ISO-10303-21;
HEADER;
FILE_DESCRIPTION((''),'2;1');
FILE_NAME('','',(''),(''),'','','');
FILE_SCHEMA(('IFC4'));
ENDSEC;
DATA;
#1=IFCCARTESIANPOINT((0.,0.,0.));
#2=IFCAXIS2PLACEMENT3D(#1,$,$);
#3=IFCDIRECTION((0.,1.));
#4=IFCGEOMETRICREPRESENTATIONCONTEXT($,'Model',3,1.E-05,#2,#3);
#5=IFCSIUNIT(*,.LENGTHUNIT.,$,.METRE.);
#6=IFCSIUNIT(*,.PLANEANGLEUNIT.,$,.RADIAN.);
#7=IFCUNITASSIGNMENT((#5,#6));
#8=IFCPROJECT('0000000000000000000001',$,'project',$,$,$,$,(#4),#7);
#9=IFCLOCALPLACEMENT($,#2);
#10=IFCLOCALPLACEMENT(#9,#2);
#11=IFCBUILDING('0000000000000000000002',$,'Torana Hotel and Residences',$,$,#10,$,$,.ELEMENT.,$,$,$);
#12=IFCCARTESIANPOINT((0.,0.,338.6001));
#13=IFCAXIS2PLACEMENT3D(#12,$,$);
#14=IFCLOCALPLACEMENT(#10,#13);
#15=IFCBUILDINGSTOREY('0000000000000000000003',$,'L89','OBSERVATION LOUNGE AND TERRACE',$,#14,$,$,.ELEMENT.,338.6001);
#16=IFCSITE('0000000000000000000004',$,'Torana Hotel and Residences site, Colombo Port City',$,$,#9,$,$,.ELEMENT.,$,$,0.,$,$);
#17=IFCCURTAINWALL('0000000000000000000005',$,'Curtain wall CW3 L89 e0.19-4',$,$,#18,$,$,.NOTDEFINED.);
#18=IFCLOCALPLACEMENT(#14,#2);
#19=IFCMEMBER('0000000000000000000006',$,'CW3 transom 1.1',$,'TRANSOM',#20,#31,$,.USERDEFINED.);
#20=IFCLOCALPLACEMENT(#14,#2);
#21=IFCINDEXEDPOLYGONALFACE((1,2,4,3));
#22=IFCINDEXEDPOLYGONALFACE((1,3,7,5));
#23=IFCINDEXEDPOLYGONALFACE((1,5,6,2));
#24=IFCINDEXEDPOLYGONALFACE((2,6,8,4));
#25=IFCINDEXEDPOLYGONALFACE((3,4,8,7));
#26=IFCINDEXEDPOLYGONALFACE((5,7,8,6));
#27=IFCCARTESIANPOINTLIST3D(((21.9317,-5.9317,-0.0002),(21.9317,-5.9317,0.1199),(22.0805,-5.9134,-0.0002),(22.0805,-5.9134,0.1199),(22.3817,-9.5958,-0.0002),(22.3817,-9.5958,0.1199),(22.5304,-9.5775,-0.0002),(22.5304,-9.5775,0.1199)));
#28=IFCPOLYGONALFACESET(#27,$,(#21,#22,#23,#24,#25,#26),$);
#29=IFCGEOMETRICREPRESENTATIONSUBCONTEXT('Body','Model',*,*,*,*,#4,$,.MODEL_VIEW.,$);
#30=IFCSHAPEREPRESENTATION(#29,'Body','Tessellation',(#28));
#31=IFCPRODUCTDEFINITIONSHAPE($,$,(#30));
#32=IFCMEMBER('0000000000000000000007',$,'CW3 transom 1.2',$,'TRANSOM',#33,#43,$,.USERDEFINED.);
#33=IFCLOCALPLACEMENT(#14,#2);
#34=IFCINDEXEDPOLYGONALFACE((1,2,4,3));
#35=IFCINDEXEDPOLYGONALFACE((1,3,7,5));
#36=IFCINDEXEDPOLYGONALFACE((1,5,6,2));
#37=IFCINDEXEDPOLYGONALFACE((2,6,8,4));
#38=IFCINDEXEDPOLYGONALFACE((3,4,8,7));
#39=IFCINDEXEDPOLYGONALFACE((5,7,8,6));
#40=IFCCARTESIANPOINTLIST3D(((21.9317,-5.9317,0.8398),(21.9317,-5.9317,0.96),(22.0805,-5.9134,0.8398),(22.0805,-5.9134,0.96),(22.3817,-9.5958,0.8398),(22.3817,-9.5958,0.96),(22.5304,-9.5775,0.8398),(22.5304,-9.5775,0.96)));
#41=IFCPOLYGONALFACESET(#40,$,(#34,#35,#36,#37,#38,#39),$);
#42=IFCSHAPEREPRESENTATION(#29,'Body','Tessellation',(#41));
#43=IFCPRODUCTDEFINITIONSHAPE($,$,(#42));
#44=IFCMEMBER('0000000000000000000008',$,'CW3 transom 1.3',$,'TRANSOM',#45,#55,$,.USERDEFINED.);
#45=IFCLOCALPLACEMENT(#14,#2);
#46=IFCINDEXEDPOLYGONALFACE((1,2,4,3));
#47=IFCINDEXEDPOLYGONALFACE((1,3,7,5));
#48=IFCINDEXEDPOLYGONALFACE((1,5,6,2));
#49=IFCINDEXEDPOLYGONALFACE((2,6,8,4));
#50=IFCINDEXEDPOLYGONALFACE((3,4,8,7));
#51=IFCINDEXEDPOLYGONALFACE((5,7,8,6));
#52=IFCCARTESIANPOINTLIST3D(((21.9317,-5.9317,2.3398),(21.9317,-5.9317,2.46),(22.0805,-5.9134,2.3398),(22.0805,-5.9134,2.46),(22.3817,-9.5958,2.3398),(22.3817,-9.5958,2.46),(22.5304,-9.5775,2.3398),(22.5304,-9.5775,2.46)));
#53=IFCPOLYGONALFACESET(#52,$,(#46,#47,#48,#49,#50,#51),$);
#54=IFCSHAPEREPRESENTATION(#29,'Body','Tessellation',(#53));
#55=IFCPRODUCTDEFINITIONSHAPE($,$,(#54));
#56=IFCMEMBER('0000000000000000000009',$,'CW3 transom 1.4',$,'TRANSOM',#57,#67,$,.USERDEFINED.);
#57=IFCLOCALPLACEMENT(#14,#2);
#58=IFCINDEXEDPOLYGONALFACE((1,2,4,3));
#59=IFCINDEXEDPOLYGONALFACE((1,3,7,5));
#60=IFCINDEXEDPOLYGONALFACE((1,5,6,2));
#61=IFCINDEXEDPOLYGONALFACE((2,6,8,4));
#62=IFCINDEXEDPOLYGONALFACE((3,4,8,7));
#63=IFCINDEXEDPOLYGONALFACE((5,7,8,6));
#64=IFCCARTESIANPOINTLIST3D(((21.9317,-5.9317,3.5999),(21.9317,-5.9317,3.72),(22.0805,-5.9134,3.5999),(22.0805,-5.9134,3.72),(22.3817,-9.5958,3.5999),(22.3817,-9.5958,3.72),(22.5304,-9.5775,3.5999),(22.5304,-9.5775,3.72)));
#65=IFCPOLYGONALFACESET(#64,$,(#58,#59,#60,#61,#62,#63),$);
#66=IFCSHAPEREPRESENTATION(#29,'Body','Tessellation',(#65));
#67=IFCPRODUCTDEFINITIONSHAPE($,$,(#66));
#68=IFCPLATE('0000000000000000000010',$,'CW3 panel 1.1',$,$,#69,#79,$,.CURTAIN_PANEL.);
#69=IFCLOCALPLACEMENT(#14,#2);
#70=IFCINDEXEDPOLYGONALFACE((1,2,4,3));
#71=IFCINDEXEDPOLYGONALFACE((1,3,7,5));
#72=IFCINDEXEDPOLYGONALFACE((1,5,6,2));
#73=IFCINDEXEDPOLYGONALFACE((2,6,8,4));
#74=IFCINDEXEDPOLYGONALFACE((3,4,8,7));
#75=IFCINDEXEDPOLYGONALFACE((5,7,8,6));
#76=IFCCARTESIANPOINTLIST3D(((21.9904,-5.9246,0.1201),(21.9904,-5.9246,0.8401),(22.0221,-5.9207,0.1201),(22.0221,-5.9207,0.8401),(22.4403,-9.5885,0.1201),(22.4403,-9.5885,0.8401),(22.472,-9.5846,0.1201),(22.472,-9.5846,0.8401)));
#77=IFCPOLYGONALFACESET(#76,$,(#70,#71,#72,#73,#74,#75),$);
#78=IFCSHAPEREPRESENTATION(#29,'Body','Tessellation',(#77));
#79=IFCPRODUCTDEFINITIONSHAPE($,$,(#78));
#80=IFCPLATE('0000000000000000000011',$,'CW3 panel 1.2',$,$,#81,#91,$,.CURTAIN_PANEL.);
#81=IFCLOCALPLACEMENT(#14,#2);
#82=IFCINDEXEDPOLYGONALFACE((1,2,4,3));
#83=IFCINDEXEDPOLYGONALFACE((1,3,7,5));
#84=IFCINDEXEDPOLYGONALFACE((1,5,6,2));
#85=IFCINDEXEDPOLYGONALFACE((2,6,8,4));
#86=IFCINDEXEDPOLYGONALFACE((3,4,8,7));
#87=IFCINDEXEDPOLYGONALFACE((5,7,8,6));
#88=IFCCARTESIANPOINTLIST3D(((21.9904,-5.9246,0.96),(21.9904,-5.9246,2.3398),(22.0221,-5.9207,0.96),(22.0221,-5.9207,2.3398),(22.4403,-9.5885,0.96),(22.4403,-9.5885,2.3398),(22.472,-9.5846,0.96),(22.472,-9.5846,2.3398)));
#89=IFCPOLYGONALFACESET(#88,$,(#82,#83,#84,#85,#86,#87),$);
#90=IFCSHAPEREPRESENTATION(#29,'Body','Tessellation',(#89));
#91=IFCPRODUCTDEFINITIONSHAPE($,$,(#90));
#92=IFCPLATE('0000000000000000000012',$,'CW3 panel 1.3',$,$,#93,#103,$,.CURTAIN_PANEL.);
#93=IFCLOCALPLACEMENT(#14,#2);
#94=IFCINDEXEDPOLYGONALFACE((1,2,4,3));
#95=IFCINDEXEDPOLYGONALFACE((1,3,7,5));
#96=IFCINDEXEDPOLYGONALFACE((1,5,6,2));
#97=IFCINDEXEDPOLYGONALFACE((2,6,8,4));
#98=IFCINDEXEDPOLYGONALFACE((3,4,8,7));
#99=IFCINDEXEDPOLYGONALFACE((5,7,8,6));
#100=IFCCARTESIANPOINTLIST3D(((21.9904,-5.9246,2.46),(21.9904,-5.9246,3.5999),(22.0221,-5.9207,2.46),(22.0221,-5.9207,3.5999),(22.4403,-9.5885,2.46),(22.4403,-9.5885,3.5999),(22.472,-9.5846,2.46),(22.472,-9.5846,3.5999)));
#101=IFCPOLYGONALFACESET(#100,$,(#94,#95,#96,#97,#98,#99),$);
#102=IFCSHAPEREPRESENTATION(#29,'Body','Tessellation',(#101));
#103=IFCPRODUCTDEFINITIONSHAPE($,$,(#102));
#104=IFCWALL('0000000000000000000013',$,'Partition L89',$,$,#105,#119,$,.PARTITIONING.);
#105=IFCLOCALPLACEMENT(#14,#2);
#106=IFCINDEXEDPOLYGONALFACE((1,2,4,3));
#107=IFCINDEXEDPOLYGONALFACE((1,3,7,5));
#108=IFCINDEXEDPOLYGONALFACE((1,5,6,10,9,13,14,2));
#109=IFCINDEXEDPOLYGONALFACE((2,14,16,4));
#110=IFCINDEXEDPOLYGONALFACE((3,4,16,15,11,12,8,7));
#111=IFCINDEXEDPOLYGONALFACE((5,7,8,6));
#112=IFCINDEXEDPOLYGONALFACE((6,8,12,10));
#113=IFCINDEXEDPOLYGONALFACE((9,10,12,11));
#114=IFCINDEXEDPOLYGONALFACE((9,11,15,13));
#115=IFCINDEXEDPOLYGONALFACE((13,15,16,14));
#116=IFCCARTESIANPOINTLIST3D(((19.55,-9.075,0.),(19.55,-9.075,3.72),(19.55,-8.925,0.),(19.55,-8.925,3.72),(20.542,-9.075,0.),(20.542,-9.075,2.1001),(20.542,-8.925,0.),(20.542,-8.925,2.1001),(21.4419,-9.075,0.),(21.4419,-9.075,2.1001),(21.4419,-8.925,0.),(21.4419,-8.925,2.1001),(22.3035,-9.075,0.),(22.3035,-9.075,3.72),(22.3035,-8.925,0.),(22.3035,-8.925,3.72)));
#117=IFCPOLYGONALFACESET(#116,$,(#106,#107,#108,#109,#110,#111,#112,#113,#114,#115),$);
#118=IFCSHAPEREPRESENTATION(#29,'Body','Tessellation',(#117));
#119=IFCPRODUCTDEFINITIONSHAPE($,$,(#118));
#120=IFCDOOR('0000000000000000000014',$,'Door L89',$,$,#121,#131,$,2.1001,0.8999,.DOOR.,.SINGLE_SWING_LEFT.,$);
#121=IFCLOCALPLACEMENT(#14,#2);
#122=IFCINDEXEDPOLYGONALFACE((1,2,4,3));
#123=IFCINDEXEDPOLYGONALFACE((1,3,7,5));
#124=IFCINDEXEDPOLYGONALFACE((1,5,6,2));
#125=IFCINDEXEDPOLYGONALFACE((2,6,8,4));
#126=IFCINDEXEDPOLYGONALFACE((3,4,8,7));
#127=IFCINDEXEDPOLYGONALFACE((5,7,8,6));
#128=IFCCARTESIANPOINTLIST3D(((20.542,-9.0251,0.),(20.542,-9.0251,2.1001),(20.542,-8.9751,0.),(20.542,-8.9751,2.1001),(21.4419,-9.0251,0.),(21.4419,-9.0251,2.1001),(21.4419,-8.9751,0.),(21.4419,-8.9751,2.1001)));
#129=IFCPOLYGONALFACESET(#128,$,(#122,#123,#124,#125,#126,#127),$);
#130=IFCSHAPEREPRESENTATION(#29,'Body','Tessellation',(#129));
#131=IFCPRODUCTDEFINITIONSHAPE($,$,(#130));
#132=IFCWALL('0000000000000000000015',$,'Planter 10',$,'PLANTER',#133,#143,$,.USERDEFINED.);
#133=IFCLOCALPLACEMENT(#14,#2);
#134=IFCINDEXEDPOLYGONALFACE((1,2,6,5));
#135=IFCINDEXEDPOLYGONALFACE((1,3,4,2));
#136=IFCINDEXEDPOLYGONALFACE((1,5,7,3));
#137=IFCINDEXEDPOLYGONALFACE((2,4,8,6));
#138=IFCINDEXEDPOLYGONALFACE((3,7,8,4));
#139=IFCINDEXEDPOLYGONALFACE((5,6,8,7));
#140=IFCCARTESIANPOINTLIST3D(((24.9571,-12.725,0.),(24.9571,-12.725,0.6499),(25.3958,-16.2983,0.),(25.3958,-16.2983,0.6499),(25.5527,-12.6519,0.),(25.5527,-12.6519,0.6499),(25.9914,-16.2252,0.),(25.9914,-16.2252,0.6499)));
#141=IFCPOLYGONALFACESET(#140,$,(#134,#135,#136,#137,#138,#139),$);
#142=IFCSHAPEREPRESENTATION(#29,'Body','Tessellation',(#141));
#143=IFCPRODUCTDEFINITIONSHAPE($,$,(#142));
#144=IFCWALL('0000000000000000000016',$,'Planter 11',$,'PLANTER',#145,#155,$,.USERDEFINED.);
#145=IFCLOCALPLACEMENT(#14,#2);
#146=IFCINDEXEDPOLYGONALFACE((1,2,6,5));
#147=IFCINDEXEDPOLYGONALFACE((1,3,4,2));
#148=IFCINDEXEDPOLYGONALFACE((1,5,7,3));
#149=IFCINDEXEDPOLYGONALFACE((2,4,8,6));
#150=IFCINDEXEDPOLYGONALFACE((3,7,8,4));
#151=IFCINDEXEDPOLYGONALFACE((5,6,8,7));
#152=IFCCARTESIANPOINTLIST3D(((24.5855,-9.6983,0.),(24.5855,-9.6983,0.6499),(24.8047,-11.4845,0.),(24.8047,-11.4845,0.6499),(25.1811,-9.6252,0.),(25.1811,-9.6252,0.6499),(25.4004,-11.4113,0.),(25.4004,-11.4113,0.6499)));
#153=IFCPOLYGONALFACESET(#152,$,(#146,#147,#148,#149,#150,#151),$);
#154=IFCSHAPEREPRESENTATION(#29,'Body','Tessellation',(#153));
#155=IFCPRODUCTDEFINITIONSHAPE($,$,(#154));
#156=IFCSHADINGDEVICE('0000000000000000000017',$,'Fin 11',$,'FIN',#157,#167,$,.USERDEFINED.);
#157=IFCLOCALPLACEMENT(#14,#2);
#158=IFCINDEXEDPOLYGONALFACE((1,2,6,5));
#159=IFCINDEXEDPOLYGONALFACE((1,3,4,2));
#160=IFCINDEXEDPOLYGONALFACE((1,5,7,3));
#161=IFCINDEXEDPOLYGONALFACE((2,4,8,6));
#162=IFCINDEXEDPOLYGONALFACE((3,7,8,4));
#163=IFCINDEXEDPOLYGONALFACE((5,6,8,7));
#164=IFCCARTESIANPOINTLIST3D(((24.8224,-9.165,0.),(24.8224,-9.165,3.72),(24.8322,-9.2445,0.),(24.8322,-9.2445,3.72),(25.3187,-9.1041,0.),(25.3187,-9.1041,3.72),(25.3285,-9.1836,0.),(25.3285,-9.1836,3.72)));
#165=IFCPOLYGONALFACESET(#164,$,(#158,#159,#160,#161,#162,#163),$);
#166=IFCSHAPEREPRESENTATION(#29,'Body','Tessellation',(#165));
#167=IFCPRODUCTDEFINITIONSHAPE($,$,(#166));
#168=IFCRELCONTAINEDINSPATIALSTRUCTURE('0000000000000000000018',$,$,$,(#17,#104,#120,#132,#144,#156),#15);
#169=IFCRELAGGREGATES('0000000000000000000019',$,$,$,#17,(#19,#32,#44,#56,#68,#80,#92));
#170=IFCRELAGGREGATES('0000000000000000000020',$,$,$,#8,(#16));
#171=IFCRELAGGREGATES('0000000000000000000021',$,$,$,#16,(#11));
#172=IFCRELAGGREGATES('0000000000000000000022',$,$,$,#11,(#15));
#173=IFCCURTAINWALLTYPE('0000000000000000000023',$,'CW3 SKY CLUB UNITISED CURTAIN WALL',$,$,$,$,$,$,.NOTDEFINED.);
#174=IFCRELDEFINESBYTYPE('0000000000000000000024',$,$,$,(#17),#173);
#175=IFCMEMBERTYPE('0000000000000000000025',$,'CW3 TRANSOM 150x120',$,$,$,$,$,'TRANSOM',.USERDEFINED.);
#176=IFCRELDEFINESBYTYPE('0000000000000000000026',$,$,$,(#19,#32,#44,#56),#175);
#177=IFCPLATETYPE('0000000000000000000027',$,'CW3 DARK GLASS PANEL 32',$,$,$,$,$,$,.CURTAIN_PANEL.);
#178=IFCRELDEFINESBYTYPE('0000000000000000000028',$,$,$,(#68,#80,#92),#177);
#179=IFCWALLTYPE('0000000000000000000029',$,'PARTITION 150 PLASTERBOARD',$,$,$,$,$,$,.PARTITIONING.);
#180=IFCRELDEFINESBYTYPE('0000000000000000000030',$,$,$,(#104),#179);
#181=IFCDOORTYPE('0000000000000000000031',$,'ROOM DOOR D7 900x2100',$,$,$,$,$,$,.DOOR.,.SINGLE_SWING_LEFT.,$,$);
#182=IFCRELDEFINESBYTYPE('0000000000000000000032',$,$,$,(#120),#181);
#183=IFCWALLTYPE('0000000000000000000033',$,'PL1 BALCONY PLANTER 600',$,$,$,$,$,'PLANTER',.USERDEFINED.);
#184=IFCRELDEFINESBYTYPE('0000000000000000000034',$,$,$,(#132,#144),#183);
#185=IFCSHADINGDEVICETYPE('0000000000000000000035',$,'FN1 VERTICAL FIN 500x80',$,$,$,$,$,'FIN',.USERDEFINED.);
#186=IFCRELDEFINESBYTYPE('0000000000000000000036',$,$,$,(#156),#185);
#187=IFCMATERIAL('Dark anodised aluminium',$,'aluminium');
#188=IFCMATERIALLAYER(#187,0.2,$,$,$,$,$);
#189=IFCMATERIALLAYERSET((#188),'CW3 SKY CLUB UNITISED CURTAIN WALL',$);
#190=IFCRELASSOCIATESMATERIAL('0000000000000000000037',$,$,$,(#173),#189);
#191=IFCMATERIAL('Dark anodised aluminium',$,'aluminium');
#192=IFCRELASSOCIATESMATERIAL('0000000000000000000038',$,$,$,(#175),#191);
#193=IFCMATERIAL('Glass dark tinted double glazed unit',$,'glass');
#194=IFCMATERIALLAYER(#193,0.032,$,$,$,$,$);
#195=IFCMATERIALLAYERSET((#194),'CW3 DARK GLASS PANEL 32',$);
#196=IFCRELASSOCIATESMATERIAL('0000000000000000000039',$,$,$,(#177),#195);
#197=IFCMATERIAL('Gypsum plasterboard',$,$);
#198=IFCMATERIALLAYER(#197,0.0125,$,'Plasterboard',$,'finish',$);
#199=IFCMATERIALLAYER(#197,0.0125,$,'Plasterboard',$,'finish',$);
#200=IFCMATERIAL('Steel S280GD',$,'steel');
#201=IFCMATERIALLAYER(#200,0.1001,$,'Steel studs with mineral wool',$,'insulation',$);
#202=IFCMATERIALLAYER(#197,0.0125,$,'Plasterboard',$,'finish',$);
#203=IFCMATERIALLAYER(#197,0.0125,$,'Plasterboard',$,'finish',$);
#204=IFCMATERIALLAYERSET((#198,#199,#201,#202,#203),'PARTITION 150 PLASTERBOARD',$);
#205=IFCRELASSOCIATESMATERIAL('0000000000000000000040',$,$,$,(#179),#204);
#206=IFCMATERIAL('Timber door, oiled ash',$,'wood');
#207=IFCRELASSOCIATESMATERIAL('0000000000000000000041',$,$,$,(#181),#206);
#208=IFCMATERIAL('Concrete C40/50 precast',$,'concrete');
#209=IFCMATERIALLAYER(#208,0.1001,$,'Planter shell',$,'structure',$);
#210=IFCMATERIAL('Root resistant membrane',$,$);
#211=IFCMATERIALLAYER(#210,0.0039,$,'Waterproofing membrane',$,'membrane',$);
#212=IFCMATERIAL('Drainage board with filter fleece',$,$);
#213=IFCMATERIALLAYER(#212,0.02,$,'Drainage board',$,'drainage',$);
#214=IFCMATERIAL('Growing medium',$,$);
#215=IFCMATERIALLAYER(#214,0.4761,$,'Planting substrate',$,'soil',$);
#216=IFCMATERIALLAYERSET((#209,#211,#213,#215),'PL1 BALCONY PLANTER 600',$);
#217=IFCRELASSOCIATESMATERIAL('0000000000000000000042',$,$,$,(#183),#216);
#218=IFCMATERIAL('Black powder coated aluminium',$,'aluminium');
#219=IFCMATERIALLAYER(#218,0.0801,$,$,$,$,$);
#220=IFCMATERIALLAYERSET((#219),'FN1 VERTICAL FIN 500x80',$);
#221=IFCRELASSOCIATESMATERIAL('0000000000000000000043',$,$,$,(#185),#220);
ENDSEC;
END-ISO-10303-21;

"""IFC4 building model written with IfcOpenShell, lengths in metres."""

from ifc_helpers import new_model, si_unit, direction, frame, frame_2d, origin, origin_2d, place, context, subcontext, project, spatial, rectangle, extrude, material, layer, layer_set, material_profile, profile_set, type_object, element, fill, aggregate, save


model = new_model("IFC4")

# Units and contexts
model_context = context("Model", 3, precision=1e-05, world=origin(), true_north=direction((0.0, 1.0)))
body_context = subcontext(model_context, "Body", "Model", "MODEL_VIEW")
ifc_project = project(units=[si_unit("LENGTHUNIT", "METRE"), si_unit("PLANEANGLEUNIT", "RADIAN")], contexts=[model_context])

# Site, building, storey
site_placement = place(None, origin())
site = spatial("IfcSite", under=ifc_project, at=site_placement, Name="Torana Hotel and Residences site, Colombo Port City", CompositionType="ELEMENT", RefElevation=0.0)
building_placement = place(site_placement, origin())
building = spatial("IfcBuilding", under=site, at=building_placement, Name="Torana Hotel and Residences", CompositionType="ELEMENT")
storey_placement = place(building_placement, frame((0.0, 0.0, 338.6001)))
storey = spatial("IfcBuildingStorey", under=building, at=storey_placement, Name="L89", Description="OBSERVATION LOUNGE AND TERRACE", CompositionType="ELEMENT", Elevation=338.6001)

# Shared definitions
ifc_material_1 = material(Name="Dark anodised aluminium", Category="aluminium")
ifc_layer_1 = layer(ifc_material_1, 0.2)
ifc_layer_set_1 = layer_set([ifc_layer_1], Name="CW3 SKY CLUB UNITISED CURTAIN WALL")
curtain_wall_type = type_object("IfcCurtainWallType", Name="CW3 SKY CLUB UNITISED CURTAIN WALL", PredefinedType="NOTDEFINED", material=ifc_layer_set_1)

# Curtain wall, members, plates
curtain_wall_1_placement = place(storey_placement, origin())
curtain_wall_1 = element("IfcCurtainWall", 1, at=curtain_wall_1_placement, inside=storey, type_object=curtain_wall_type, Name="Curtain wall CW3 L89 e0.19-4", PredefinedType="NOTDEFINED")
ifc_material_2 = material(Name="Dark anodised aluminium", Category="aluminium")
ifc_material_profile_1 = material_profile(ifc_material_2, rectangle(XDim=0.1499, YDim=0.1201, at=origin_2d()), Name="CW3 TRANSOM 150x120")
ifc_profile_set_1 = profile_set([ifc_material_profile_1], Name="Dark anodised aluminium")
member_type_1 = type_object("IfcMemberType", Name="CW3 TRANSOM 150x120", ElementType="TRANSOM", PredefinedType="USERDEFINED", material=ifc_profile_set_1)
member_1_placement = place(storey_placement, frame((22.4561, -9.5867, 0.0598), z_axis=(-0.121886, 0.992544, 0.0), x_axis=(-0.992544, -0.121886, 0.0)))
member_1 = element("IfcMember", 2, at=member_1_placement, type_object=member_type_1, Name="CW3 transom 1.1", ObjectType="TRANSOM", PredefinedType="USERDEFINED", context=body_context, shape_type="SweptSolid", body=[
    extrude(rectangle(XDim=0.1499, YDim=0.1201, at=origin_2d()), origin(), (0.0, 0.0, 1.0), 3.6917),
])
member_2_placement = place(storey_placement, frame((22.4561, -9.5867, 0.8999), z_axis=(-0.121886, 0.992544, 0.0), x_axis=(-0.992544, -0.121886, 0.0)))
member_2 = element("IfcMember", 3, at=member_2_placement, type_object=member_type_1, Name="CW3 transom 1.2", ObjectType="TRANSOM", PredefinedType="USERDEFINED", context=body_context, shape_type="SweptSolid", body=[
    extrude(rectangle(XDim=0.1499, YDim=0.1201, at=origin_2d()), origin(), (0.0, 0.0, 1.0), 3.6917),
])
member_3_placement = place(storey_placement, frame((22.4561, -9.5867, 2.3999), z_axis=(-0.121886, 0.992544, 0.0), x_axis=(-0.992544, -0.121886, 0.0)))
member_3 = element("IfcMember", 4, at=member_3_placement, type_object=member_type_1, Name="CW3 transom 1.3", ObjectType="TRANSOM", PredefinedType="USERDEFINED", context=body_context, shape_type="SweptSolid", body=[
    extrude(rectangle(XDim=0.1499, YDim=0.1201, at=origin_2d()), origin(), (0.0, 0.0, 1.0), 3.6917),
])
member_4_placement = place(storey_placement, frame((22.4561, -9.5867, 3.6599), z_axis=(-0.121886, 0.992544, 0.0), x_axis=(-0.992544, -0.121886, 0.0)))
member_4 = element("IfcMember", 5, at=member_4_placement, type_object=member_type_1, Name="CW3 transom 1.4", ObjectType="TRANSOM", PredefinedType="USERDEFINED", context=body_context, shape_type="SweptSolid", body=[
    extrude(rectangle(XDim=0.1499, YDim=0.1201, at=origin_2d()), origin(), (0.0, 0.0, 1.0), 3.6917),
])
ifc_material_3 = material(Name="Glass dark tinted double glazed unit", Category="glass")
ifc_layer_2 = layer(ifc_material_3, 0.032)
ifc_layer_set_2 = layer_set([ifc_layer_2], Name="CW3 DARK GLASS PANEL 32")
plate_type = type_object("IfcPlateType", Name="CW3 DARK GLASS PANEL 32", PredefinedType="CURTAIN_PANEL", material=ifc_layer_set_2)
plate_1_placement = place(storey_placement, frame((22.2312, -7.7546, 0.1201), z_axis=(0.0, 0.0, 1.0), x_axis=(-0.121885, 0.992544, 0.0)))
plate_1 = element("IfcPlate", 6, at=plate_1_placement, type_object=plate_type, Name="CW3 panel 1.1", PredefinedType="CURTAIN_PANEL", context=body_context, shape_type="SweptSolid", body=[
    extrude(rectangle(XDim=3.6914, YDim=0.032, at=origin_2d()), origin(), (0.0, 0.0, 1.0), 0.72),
])
plate_2_placement = place(storey_placement, frame((22.2312, -7.7546, 0.96), z_axis=(0.0, 0.0, 1.0), x_axis=(-0.121885, 0.992544, 0.0)))
plate_2 = element("IfcPlate", 7, at=plate_2_placement, type_object=plate_type, Name="CW3 panel 1.2", PredefinedType="CURTAIN_PANEL", context=body_context, shape_type="SweptSolid", body=[
    extrude(rectangle(XDim=3.6914, YDim=0.032, at=origin_2d()), origin(), (0.0, 0.0, 1.0), 1.3799),
])
plate_3_placement = place(storey_placement, frame((22.2312, -7.7546, 2.46), z_axis=(0.0, 0.0, 1.0), x_axis=(-0.121885, 0.992544, 0.0)))
plate_3 = element("IfcPlate", 8, at=plate_3_placement, type_object=plate_type, Name="CW3 panel 1.3", PredefinedType="CURTAIN_PANEL", context=body_context, shape_type="SweptSolid", body=[
    extrude(rectangle(XDim=3.6914, YDim=0.032, at=origin_2d()), origin(), (0.0, 0.0, 1.0), 1.1399),
])
aggregate(curtain_wall_1, [member_1, member_2, member_3, member_4, plate_1, plate_2, plate_3])

# Wall, opening, door
ifc_material_4 = material(Name="Gypsum plasterboard")
ifc_layer_3 = layer(ifc_material_4, 0.0125, Name="Plasterboard", Category="finish")
ifc_layer_4 = layer(ifc_material_4, 0.0125, Name="Plasterboard", Category="finish")
ifc_material_5 = material(Name="Steel S280GD", Category="steel")
ifc_layer_5 = layer(ifc_material_5, 0.1001, Name="Steel studs with mineral wool", Category="insulation")
ifc_layer_6 = layer(ifc_material_4, 0.0125, Name="Plasterboard", Category="finish")
ifc_layer_7 = layer(ifc_material_4, 0.0125, Name="Plasterboard", Category="finish")
ifc_layer_set_3 = layer_set([ifc_layer_3, ifc_layer_4, ifc_layer_5, ifc_layer_6, ifc_layer_7], Name="PARTITION 150 PLASTERBOARD")
wall_type_1 = type_object("IfcWallType", Name="PARTITION 150 PLASTERBOARD", PredefinedType="PARTITIONING", material=ifc_layer_set_3)
wall_1_placement = place(storey_placement, frame((19.55, -9.0, 0.0), z_axis=(0.0, 0.0, 1.0), x_axis=(1.0, 0.0, 0.0)))
wall_1 = element("IfcWall", 9, at=wall_1_placement, inside=storey, type_object=wall_type_1, Name="Partition L89", PredefinedType="PARTITIONING", context=body_context, shape_type="SweptSolid", body=[
    extrude(rectangle(XDim=2.7534, YDim=0.1499, at=frame_2d((1.3767, 0.0))), origin(), (0.0, 0.0, 1.0), 3.72),
])
opening_1_placement = place(wall_1_placement, frame((0.9919, 0.0, 0.0)))
opening_1 = element("IfcOpeningElement", 10, at=opening_1_placement, cuts=wall_1, PredefinedType="OPENING", context=body_context, shape_type="SweptSolid", body=[
    extrude(rectangle(XDim=0.8999, YDim=2.1001, at=frame_2d((0.45, 1.05))), frame((0.0, 0.085, 0.0), z_axis=(0.0, -1.0, 0.0), x_axis=(1.0, 0.0, 0.0)), (0.0, 0.0, 1.0), 0.1699),
])
ifc_material_6 = material(Name="Timber door, oiled ash", Category="wood")
door_type_1 = type_object("IfcDoorType", Name="ROOM DOOR D7 900x2100", OperationType="SINGLE_SWING_LEFT", PredefinedType="DOOR", material=ifc_material_6)
door_1_placement = place(opening_1_placement, origin())
door_1 = element("IfcDoor", 11, at=door_1_placement, inside=storey, type_object=door_type_1, Name="Door L89", OperationType="SINGLE_SWING_LEFT", OverallHeight=2.1001, OverallWidth=0.8999, PredefinedType="DOOR", context=body_context, shape_type="SweptSolid", body=[
    extrude(rectangle(XDim=0.8999, YDim=2.1001, at=frame_2d((0.45, 1.05))), frame((0.0, 0.0249, 0.0), z_axis=(0.0, -1.0, 0.0), x_axis=(1.0, 0.0, 0.0)), (0.0, 0.0, 1.0), 0.05),
])
fill(opening_1, door_1)

# Walls
ifc_material_7 = material(Name="Concrete C40/50 precast", Category="concrete")
ifc_layer_8 = layer(ifc_material_7, 0.1001, Name="Planter shell", Category="structure")
ifc_material_8 = material(Name="Root resistant membrane")
ifc_layer_9 = layer(ifc_material_8, 0.0039, Name="Waterproofing membrane", Category="membrane")
ifc_material_9 = material(Name="Drainage board with filter fleece")
ifc_layer_10 = layer(ifc_material_9, 0.02, Name="Drainage board", Category="drainage")
ifc_material_10 = material(Name="Growing medium")
ifc_layer_11 = layer(ifc_material_10, 0.4761, Name="Planting substrate", Category="soil")
ifc_layer_set_4 = layer_set([ifc_layer_8, ifc_layer_9, ifc_layer_10, ifc_layer_11], Name="PL1 BALCONY PLANTER 600")
wall_type_2 = type_object("IfcWallType", Name="PL1 BALCONY PLANTER 600", ElementType="PLANTER", PredefinedType="USERDEFINED", material=ifc_layer_set_4)
wall_2_placement = place(storey_placement, frame((25.2549, -12.6885, 0.0), z_axis=(0.0, 0.0, 1.0), x_axis=(0.121864, -0.992547, 0.0)))
element("IfcWall", 12, at=wall_2_placement, inside=storey, type_object=wall_type_2, Name="Planter 10", ObjectType="PLANTER", PredefinedType="USERDEFINED", context=body_context, shape_type="SweptSolid", body=[
    extrude(rectangle(XDim=3.6001, YDim=0.6001, at=frame_2d((1.8, 0.0))), origin(), (0.0, 0.0, 1.0), 0.6499),
])
wall_3_placement = place(storey_placement, frame((24.8833, -9.6616, 0.0), z_axis=(0.0, 0.0, 1.0), x_axis=(0.12183, -0.992551, 0.0)))
element("IfcWall", 13, at=wall_3_placement, inside=storey, type_object=wall_type_2, Name="Planter 11", ObjectType="PLANTER", PredefinedType="USERDEFINED", context=body_context, shape_type="SweptSolid", body=[
    extrude(rectangle(XDim=1.7996, YDim=0.6001, at=frame_2d((0.8999, 0.0))), origin(), (0.0, 0.0, 1.0), 0.6499),
])

# Shading device
ifc_material_11 = material(Name="Black powder coated aluminium", Category="aluminium")
ifc_layer_12 = layer(ifc_material_11, 0.0801)
ifc_layer_set_5 = layer_set([ifc_layer_12], Name="FN1 VERTICAL FIN 500x80")
shading_device_type = type_object("IfcShadingDeviceType", Name="FN1 VERTICAL FIN 500x80", ElementType="FIN", PredefinedType="USERDEFINED", material=ifc_layer_set_5)
shading_device_placement = place(storey_placement, frame((25.0754, -9.1743, 0.0), z_axis=(0.0, 0.0, 1.0), x_axis=(0.121868, -0.992546, 0.0)))
element("IfcShadingDevice", 14, at=shading_device_placement, inside=storey, type_object=shading_device_type, Name="Fin 11", ObjectType="FIN", PredefinedType="USERDEFINED", context=body_context, shape_type="SweptSolid", body=[
    extrude(rectangle(XDim=0.0801, YDim=0.5, at=origin_2d()), origin(), (0.0, 0.0, 1.0), 3.72),
])

save(model, "model.ifc")
